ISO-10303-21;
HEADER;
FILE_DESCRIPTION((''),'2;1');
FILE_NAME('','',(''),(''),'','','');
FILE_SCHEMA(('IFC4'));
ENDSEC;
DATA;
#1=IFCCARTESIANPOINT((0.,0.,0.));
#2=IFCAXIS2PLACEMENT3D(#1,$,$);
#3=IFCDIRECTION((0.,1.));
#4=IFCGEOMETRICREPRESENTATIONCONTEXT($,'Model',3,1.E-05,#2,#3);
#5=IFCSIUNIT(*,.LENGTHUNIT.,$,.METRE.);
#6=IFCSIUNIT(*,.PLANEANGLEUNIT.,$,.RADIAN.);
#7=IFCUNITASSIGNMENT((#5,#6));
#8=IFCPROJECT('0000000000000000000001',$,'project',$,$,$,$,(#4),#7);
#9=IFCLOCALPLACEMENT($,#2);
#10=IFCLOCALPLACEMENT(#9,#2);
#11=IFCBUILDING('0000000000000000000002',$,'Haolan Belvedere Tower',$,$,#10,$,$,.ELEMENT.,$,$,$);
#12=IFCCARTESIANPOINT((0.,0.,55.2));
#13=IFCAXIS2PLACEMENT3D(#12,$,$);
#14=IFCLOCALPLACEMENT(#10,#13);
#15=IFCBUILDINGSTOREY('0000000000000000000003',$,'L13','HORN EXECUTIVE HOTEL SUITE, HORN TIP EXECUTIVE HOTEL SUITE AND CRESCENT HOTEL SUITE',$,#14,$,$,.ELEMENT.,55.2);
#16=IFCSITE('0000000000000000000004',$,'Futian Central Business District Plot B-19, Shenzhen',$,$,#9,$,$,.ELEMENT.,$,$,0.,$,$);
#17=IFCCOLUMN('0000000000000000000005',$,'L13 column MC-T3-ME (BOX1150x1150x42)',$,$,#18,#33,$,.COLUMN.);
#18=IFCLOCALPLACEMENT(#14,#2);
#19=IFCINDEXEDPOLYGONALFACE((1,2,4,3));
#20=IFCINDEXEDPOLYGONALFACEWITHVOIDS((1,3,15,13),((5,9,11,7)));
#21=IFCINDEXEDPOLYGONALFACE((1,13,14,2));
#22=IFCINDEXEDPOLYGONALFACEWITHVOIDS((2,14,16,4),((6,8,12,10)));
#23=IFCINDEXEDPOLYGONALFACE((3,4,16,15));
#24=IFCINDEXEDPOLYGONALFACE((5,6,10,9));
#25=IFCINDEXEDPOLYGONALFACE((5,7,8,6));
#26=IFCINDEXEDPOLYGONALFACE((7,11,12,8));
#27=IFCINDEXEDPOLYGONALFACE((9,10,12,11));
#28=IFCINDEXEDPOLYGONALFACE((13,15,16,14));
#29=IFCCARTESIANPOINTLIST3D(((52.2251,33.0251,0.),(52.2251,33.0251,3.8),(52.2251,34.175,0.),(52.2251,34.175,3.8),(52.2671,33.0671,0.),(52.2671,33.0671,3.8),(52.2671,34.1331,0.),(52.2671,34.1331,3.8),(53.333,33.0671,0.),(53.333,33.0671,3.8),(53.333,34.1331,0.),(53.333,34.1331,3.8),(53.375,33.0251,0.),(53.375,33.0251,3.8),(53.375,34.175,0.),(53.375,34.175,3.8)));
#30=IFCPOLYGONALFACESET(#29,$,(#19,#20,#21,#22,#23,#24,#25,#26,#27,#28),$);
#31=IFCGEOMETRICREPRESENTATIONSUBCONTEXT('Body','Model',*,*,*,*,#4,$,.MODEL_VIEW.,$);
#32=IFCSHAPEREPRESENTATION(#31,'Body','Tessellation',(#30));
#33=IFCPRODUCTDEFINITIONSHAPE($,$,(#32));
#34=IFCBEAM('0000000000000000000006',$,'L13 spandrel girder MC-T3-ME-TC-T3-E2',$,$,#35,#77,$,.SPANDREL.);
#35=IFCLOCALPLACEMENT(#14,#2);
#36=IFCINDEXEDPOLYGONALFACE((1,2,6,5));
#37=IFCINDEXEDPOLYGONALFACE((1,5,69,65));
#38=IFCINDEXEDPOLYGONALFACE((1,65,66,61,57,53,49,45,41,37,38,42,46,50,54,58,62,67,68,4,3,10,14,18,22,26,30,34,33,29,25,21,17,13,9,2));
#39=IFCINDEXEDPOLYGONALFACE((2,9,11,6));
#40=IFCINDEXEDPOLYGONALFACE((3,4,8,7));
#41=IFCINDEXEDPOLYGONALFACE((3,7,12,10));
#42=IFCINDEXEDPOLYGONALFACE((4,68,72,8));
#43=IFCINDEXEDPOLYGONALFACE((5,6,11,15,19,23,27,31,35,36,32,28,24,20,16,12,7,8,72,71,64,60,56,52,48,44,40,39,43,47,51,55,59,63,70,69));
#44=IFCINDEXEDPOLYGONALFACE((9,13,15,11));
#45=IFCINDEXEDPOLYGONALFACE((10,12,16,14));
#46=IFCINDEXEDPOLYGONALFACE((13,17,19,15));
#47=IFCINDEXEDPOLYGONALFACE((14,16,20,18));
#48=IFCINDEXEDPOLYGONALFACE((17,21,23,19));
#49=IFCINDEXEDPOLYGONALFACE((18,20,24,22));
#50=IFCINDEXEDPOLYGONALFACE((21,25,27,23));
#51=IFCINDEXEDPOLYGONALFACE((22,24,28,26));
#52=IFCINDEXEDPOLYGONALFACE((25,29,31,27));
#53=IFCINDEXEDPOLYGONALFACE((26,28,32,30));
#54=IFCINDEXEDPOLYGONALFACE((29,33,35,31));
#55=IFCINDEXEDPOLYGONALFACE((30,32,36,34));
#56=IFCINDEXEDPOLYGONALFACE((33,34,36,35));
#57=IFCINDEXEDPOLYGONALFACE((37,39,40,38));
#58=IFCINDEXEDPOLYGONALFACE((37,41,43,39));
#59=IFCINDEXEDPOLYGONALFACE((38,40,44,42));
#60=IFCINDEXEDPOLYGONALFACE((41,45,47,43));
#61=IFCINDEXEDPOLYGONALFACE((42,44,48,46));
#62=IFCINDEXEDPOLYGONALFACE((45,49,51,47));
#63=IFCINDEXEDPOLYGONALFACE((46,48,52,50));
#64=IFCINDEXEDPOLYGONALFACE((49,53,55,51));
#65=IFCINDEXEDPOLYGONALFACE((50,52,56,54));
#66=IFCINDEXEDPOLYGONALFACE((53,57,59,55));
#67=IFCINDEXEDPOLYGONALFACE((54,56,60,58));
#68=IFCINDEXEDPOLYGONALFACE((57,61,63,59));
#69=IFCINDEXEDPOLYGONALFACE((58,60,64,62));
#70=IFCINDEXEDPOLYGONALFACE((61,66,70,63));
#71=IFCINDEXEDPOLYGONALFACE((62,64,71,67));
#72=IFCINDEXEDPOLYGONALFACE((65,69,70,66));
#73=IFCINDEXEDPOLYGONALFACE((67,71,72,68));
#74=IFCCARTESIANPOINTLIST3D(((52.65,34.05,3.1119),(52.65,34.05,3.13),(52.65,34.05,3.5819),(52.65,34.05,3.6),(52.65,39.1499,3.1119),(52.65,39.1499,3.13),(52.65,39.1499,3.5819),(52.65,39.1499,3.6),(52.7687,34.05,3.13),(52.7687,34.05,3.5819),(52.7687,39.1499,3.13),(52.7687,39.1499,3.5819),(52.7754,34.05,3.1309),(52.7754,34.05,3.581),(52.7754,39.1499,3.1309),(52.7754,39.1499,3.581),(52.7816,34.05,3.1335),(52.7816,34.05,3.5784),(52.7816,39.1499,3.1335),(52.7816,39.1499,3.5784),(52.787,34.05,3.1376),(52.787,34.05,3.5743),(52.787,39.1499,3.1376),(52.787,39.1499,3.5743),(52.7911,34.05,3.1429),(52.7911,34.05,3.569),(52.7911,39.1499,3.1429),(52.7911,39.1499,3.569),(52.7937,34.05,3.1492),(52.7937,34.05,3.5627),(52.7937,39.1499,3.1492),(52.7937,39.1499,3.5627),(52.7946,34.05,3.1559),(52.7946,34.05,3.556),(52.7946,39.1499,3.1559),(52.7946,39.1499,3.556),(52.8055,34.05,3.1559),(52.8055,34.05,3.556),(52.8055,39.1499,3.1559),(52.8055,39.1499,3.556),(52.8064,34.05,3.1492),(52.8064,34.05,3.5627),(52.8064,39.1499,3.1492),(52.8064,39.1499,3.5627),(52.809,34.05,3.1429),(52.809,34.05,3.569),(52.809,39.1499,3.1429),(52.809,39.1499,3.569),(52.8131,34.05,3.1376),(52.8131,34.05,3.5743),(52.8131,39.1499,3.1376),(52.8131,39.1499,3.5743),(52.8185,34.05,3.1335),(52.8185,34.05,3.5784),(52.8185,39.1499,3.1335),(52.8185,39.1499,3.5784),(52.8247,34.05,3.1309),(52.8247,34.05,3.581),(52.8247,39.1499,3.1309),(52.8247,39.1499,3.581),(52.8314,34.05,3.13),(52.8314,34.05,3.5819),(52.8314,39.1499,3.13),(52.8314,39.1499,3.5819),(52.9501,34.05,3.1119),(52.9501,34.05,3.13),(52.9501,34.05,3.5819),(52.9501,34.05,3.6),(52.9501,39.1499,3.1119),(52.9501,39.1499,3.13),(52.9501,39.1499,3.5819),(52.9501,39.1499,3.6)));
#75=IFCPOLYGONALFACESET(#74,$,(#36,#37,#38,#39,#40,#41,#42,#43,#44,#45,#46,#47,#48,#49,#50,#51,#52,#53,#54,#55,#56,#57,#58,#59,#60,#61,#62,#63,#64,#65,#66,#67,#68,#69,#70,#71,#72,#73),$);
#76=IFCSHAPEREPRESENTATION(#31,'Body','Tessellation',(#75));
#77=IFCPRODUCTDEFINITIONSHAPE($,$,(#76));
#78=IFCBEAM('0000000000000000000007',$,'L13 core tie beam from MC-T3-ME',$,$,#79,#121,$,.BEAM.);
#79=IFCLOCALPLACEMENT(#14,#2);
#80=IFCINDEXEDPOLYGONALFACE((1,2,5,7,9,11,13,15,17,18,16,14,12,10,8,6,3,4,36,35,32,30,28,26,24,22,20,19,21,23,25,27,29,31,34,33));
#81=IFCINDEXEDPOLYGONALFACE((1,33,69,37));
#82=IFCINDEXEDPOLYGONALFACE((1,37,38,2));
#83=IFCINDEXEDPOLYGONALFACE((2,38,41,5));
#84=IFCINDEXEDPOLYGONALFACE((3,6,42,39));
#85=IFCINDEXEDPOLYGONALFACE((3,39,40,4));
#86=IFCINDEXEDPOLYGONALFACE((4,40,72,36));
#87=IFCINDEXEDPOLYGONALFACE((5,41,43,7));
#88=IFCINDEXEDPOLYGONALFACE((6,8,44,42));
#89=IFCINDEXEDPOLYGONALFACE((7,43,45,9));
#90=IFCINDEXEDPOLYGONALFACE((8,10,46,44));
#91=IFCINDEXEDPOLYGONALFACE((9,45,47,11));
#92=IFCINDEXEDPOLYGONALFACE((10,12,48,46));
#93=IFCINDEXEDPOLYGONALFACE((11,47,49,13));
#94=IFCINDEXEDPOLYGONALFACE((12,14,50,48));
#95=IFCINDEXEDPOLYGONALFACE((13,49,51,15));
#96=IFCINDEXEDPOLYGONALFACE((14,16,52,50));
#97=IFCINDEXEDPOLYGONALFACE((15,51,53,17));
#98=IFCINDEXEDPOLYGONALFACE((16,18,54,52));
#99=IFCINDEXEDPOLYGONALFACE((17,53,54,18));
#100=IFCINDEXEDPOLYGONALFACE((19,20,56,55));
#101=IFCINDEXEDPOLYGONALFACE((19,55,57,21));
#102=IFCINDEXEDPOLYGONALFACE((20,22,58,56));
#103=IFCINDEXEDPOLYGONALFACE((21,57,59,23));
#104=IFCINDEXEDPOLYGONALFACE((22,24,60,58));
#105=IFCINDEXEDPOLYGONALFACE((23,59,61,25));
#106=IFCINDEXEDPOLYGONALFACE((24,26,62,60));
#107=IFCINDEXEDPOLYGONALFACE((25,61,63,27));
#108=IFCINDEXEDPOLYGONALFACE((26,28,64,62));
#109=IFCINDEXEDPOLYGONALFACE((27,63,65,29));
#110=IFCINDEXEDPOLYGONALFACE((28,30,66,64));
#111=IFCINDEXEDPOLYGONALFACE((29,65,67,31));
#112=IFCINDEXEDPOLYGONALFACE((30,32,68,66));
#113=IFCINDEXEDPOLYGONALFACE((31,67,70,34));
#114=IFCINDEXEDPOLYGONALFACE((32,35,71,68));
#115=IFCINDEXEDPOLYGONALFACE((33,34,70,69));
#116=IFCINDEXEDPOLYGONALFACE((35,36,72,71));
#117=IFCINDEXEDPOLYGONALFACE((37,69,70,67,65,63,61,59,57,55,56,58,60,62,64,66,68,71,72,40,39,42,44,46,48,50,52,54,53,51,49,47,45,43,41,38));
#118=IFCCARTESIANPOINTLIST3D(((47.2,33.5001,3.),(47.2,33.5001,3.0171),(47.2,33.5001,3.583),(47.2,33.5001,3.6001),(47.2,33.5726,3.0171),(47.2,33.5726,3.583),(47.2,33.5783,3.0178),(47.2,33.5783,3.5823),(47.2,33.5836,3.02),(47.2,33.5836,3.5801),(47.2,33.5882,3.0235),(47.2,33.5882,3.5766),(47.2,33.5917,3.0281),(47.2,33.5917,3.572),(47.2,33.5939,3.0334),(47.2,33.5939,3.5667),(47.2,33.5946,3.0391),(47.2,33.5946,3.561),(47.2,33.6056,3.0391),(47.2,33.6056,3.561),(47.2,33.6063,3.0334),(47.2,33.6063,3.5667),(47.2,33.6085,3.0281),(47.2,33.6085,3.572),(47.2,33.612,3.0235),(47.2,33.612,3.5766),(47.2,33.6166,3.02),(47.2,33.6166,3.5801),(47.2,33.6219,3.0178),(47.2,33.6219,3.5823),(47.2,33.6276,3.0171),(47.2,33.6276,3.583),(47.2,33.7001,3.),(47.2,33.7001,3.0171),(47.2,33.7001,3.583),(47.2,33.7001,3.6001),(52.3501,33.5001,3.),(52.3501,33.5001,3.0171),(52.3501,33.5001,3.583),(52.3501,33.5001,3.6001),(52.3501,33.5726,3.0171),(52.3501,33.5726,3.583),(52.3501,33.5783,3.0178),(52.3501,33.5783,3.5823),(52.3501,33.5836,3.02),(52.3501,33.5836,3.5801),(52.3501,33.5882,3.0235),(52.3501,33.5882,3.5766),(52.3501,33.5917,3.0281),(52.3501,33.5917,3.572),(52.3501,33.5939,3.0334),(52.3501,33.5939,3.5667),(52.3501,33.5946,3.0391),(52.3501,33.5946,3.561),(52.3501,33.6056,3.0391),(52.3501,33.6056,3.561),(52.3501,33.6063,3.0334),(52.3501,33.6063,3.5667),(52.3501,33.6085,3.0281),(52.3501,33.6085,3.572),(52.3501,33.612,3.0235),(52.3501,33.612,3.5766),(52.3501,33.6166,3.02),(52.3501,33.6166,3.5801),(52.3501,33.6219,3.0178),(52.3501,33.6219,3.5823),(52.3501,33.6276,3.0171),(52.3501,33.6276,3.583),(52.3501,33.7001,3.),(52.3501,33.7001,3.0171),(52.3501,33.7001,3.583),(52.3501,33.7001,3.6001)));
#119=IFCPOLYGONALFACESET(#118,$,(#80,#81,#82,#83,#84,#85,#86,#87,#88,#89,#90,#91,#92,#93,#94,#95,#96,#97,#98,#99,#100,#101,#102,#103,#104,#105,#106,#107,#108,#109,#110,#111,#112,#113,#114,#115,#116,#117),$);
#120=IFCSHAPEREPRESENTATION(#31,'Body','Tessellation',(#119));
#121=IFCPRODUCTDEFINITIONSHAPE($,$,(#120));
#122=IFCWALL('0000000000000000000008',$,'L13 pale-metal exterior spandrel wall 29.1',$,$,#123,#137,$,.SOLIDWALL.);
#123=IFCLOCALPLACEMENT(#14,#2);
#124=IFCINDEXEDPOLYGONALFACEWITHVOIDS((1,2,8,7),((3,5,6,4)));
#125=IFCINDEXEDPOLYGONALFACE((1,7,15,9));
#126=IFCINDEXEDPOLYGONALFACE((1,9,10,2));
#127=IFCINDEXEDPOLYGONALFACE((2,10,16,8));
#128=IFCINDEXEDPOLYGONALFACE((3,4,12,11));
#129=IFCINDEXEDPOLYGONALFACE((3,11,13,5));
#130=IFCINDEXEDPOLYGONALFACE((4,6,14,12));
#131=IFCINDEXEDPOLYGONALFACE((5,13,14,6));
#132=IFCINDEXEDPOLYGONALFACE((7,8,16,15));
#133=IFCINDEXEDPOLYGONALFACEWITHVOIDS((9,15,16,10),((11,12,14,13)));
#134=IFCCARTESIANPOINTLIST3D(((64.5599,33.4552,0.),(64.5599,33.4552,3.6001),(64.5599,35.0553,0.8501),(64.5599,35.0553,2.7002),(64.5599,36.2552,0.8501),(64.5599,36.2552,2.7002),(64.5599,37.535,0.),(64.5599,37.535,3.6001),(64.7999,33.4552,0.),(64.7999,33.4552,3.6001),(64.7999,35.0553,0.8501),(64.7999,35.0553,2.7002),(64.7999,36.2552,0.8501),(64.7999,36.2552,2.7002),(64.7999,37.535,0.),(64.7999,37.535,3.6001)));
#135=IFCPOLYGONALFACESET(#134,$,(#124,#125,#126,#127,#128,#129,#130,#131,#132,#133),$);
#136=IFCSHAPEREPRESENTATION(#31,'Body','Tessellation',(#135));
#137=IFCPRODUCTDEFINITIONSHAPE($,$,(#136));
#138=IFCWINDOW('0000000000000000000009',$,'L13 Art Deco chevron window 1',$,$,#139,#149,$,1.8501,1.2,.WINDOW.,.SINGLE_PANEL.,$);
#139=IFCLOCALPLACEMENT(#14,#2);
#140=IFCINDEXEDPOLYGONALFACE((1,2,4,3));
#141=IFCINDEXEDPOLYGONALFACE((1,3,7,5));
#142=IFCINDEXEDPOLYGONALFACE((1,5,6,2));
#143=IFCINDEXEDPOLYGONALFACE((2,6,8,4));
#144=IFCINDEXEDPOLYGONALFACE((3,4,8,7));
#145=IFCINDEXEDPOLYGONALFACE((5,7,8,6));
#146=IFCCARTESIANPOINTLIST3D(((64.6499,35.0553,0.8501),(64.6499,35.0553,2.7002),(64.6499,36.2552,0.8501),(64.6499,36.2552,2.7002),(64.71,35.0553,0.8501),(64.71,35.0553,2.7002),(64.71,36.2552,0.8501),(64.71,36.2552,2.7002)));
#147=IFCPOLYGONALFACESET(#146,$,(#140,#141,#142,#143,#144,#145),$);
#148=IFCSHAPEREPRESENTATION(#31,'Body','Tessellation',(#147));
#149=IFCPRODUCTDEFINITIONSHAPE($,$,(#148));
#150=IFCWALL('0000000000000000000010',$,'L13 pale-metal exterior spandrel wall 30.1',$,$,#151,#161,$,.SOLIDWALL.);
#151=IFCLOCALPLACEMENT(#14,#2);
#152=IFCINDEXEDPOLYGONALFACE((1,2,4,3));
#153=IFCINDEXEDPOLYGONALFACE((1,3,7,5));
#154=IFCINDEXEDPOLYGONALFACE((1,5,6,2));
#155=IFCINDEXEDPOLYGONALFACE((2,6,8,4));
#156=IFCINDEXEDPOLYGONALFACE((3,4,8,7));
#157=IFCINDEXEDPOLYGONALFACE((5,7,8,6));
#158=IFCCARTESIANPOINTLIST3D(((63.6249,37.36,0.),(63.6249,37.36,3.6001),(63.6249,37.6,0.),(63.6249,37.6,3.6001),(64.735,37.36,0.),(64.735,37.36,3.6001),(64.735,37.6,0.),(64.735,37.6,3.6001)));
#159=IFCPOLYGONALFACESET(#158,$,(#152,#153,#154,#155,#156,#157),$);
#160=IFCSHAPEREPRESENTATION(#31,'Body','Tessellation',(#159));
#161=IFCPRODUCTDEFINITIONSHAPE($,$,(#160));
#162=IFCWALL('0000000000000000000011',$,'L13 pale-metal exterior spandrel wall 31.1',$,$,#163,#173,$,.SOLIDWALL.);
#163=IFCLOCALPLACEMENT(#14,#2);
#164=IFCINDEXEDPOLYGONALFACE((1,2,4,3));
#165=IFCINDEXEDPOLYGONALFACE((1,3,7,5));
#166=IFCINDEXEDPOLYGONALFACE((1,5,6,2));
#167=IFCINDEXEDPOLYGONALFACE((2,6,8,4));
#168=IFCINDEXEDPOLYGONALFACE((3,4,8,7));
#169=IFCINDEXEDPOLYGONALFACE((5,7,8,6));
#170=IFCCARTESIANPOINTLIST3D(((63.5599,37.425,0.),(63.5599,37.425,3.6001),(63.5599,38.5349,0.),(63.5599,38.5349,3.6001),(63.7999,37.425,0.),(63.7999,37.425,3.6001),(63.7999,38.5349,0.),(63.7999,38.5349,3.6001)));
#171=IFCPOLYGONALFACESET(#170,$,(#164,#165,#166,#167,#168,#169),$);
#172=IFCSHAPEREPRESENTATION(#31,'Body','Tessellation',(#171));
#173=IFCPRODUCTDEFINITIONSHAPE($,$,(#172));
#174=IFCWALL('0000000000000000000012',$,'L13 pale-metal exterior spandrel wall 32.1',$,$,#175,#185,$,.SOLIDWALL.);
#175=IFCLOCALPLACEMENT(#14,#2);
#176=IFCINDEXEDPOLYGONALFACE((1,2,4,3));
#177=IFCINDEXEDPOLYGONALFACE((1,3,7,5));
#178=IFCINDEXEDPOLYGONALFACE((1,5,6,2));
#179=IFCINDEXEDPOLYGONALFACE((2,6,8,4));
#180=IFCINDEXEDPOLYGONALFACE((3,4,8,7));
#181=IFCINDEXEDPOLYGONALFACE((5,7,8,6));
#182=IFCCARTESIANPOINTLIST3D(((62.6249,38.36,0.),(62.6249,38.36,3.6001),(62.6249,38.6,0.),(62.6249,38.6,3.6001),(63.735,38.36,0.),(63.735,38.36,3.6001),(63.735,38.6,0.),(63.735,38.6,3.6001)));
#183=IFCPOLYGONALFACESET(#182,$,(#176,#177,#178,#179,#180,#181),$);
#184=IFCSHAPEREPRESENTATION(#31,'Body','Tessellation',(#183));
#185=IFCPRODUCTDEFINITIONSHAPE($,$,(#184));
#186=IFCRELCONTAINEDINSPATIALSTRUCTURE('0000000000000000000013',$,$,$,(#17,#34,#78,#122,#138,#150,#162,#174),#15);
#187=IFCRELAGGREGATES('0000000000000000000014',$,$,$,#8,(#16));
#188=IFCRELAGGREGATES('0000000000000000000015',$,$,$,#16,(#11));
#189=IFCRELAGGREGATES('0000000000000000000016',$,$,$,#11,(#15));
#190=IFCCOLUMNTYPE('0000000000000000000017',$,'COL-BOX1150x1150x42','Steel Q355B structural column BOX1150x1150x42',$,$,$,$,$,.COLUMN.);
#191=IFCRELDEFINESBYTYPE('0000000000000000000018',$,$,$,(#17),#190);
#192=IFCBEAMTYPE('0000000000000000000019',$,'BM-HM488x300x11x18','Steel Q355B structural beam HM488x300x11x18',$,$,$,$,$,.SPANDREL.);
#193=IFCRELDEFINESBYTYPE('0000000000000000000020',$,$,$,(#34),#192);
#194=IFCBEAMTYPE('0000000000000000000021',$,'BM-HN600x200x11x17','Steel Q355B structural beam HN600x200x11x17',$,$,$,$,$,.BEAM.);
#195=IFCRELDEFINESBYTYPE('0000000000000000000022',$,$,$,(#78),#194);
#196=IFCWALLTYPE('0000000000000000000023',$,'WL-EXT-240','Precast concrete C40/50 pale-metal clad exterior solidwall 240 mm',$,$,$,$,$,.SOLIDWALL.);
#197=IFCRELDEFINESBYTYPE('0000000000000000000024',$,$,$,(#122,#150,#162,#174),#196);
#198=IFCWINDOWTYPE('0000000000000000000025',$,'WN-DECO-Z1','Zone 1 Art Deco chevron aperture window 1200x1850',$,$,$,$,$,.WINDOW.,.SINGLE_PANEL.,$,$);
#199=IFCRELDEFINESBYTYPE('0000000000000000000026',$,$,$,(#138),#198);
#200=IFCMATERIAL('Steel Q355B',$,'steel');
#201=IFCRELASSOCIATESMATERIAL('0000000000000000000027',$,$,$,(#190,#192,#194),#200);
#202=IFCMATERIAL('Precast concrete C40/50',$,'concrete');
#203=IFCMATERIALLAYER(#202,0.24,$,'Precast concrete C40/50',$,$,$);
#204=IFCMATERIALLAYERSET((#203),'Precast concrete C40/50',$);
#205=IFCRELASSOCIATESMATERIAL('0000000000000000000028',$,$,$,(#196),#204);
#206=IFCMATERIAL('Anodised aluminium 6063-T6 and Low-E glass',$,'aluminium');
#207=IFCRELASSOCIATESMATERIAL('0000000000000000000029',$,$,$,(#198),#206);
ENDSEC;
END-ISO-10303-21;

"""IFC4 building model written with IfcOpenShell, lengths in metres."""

from ifc_helpers import new_model, si_unit, direction, frame, frame_2d, origin, origin_2d, place, context, subcontext, project, spatial, rectangle, hollow_rectangle, i_section, extrude, material, layer, layer_set, material_profile, profile_set, type_object, element, fill, save


model = new_model("IFC4")

# Units and contexts
model_context = context("Model", 3, precision=1e-05, world=origin(), true_north=direction((0.0, 1.0)))
body_context = subcontext(model_context, "Body", "Model", "MODEL_VIEW")
ifc_project = project(units=[si_unit("LENGTHUNIT", "METRE"), si_unit("PLANEANGLEUNIT", "RADIAN")], contexts=[model_context])

# Site, building, storey
site_placement = place(None, origin())
site = spatial("IfcSite", under=ifc_project, at=site_placement, Name="Futian Central Business District Plot B-19, Shenzhen", CompositionType="ELEMENT", RefElevation=0.0)
building_placement = place(site_placement, origin())
building = spatial("IfcBuilding", under=site, at=building_placement, Name="Haolan Belvedere Tower", CompositionType="ELEMENT")
storey_placement = place(building_placement, frame((0.0, 0.0, 55.2)))
storey = spatial("IfcBuildingStorey", under=building, at=storey_placement, Name="L13", Description="HORN EXECUTIVE HOTEL SUITE, HORN TIP EXECUTIVE HOTEL SUITE AND CRESCENT HOTEL SUITE", CompositionType="ELEMENT", Elevation=55.2)

# Column
ifc_material_1 = material(Name="Steel Q355B", Category="steel")
ifc_material_profile_1 = material_profile(ifc_material_1, hollow_rectangle(XDim=1.1499, YDim=1.1499, WallThickness=0.042, at=origin_2d()), Name="Steel Q355B")
ifc_profile_set_1 = profile_set([ifc_material_profile_1], Name="Steel Q355B")
column_type = type_object("IfcColumnType", Name="COL-BOX1150x1150x42", Description="Steel Q355B structural column BOX1150x1150x42", PredefinedType="COLUMN", material=ifc_profile_set_1)
column_placement = place(storey_placement, frame((52.8, 33.6001, 0.0), z_axis=(0.0, 0.0, 1.0), x_axis=(1.0, 0.0, 0.0)))
element("IfcColumn", 1, at=column_placement, inside=storey, type_object=column_type, Name="L13 column MC-T3-ME (BOX1150x1150x42)", PredefinedType="COLUMN", context=body_context, shape_type="SweptSolid", body=[
    extrude(hollow_rectangle(XDim=1.1499, YDim=1.1499, WallThickness=0.042, at=origin_2d()), origin(), (0.0, 0.0, 1.0), 3.8),
])

# Beams
ifc_material_profile_2 = material_profile(ifc_material_1, i_section(OverallWidth=0.3, OverallDepth=0.488, WebThickness=0.011, FlangeThickness=0.0181, FilletRadius=0.0259, at=origin_2d()), Name="Steel Q355B")
ifc_profile_set_2 = profile_set([ifc_material_profile_2], Name="Steel Q355B")
beam_type_1 = type_object("IfcBeamType", Name="BM-HM488x300x11x18", Description="Steel Q355B structural beam HM488x300x11x18", PredefinedType="SPANDREL", material=ifc_profile_set_2)
beam_1_placement = place(storey_placement, frame((52.8, 34.05, 3.356), z_axis=(0.0, 1.0, 0.0), x_axis=(-1.0, 0.0, 0.0)))
element("IfcBeam", 2, at=beam_1_placement, inside=storey, type_object=beam_type_1, Name="L13 spandrel girder MC-T3-ME-TC-T3-E2", PredefinedType="SPANDREL", context=body_context, shape_type="SweptSolid", body=[
    extrude(i_section(OverallWidth=0.3, OverallDepth=0.488, WebThickness=0.011, FlangeThickness=0.0181, FilletRadius=0.0259, at=origin_2d()), origin(), (0.0, 0.0, 1.0), 5.0999),
])
ifc_material_profile_3 = material_profile(ifc_material_1, i_section(OverallWidth=0.2, OverallDepth=0.6001, WebThickness=0.011, FlangeThickness=0.0171, FilletRadius=0.022, at=origin_2d()), Name="Steel Q355B")
ifc_profile_set_3 = profile_set([ifc_material_profile_3], Name="Steel Q355B")
beam_type_2 = type_object("IfcBeamType", Name="BM-HN600x200x11x17", Description="Steel Q355B structural beam HN600x200x11x17", PredefinedType="BEAM", material=ifc_profile_set_3)
beam_2_placement = place(storey_placement, frame((52.3501, 33.6001, 3.3), z_axis=(-1.0, 0.0, 0.0), x_axis=(0.0, -1.0, 0.0)))
element("IfcBeam", 3, at=beam_2_placement, inside=storey, type_object=beam_type_2, Name="L13 core tie beam from MC-T3-ME", PredefinedType="BEAM", context=body_context, shape_type="SweptSolid", body=[
    extrude(i_section(OverallWidth=0.2, OverallDepth=0.6001, WebThickness=0.011, FlangeThickness=0.0171, FilletRadius=0.022, at=origin_2d()), origin(), (0.0, 0.0, 1.0), 5.1501),
])

# Wall, opening, window
ifc_material_2 = material(Name="Precast concrete C40/50", Category="concrete")
ifc_layer_1 = layer(ifc_material_2, 0.24, Name="Precast concrete C40/50")
ifc_layer_set_1 = layer_set([ifc_layer_1], Name="Precast concrete C40/50")
wall_type_1 = type_object("IfcWallType", Name="WL-EXT-240", Description="Precast concrete C40/50 pale-metal clad exterior solidwall 240 mm", PredefinedType="SOLIDWALL", material=ifc_layer_set_1)
wall_1_placement = place(storey_placement, frame((64.6799, 33.4551, 0.0), z_axis=(0.0, 0.0, 1.0), x_axis=(0.0, 1.0, 0.0)))
wall_1 = element("IfcWall", 4, at=wall_1_placement, inside=storey, type_object=wall_type_1, Name="L13 pale-metal exterior spandrel wall 29.1", PredefinedType="SOLIDWALL", context=body_context, shape_type="SweptSolid", body=[
    extrude(rectangle(XDim=4.0798, YDim=0.24, at=frame_2d((2.04, 0.0))), origin(), (0.0, 0.0, 1.0), 3.6001),
])
opening_1_placement = place(wall_1_placement, frame((1.6001, 0.0, 0.8501)))
opening_1 = element("IfcOpeningElement", 5, at=opening_1_placement, cuts=wall_1, PredefinedType="OPENING", context=body_context, shape_type="SweptSolid", body=[
    extrude(rectangle(XDim=1.2, YDim=1.8501, at=frame_2d((0.6001, 0.925))), frame((0.0, 0.1299, 0.0), z_axis=(0.0, -1.0, 0.0), x_axis=(1.0, 0.0, 0.0)), (0.0, 0.0, 1.0), 0.26),
])
ifc_material_3 = material(Name="Anodised aluminium 6063-T6 and Low-E glass", Category="aluminium")
window_type = type_object("IfcWindowType", Name="WN-DECO-Z1", Description="Zone 1 Art Deco chevron aperture window 1200x1850", PartitioningType="SINGLE_PANEL", PredefinedType="WINDOW", material=ifc_material_3)
window_placement = place(opening_1_placement, origin())
window = element("IfcWindow", 6, at=window_placement, inside=storey, type_object=window_type, Name="L13 Art Deco chevron window 1", OverallHeight=1.8501, OverallWidth=1.2, PartitioningType="SINGLE_PANEL", PredefinedType="WINDOW", context=body_context, shape_type="SweptSolid", body=[
    extrude(rectangle(XDim=1.2, YDim=1.8501, at=frame_2d((0.6001, 0.925))), frame((0.0, 0.03, 0.0), z_axis=(0.0, -1.0, 0.0), x_axis=(1.0, 0.0, 0.0)), (0.0, 0.0, 1.0), 0.0601),
])
fill(opening_1, window)

# Walls
wall_2_placement = place(storey_placement, frame((64.7351, 37.48, 0.0), z_axis=(0.0, 0.0, 1.0), x_axis=(-1.0, 0.0, 0.0)))
element("IfcWall", 7, at=wall_2_placement, inside=storey, type_object=wall_type_1, Name="L13 pale-metal exterior spandrel wall 30.1", PredefinedType="SOLIDWALL", context=body_context, shape_type="SweptSolid", body=[
    extrude(rectangle(XDim=1.1101, YDim=0.24, at=frame_2d((0.5552, 0.0))), origin(), (0.0, 0.0, 1.0), 3.6001),
])
wall_3_placement = place(storey_placement, frame((63.6799, 37.425, 0.0), z_axis=(0.0, 0.0, 1.0), x_axis=(0.0, 1.0, 0.0)))
element("IfcWall", 8, at=wall_3_placement, inside=storey, type_object=wall_type_1, Name="L13 pale-metal exterior spandrel wall 31.1", PredefinedType="SOLIDWALL", context=body_context, shape_type="SweptSolid", body=[
    extrude(rectangle(XDim=1.1099, YDim=0.24, at=frame_2d((0.5549, 0.0))), origin(), (0.0, 0.0, 1.0), 3.6001),
])
wall_4_placement = place(storey_placement, frame((63.7351, 38.48, 0.0), z_axis=(0.0, 0.0, 1.0), x_axis=(-1.0, 0.0, 0.0)))
element("IfcWall", 9, at=wall_4_placement, inside=storey, type_object=wall_type_1, Name="L13 pale-metal exterior spandrel wall 32.1", PredefinedType="SOLIDWALL", context=body_context, shape_type="SweptSolid", body=[
    extrude(rectangle(XDim=1.1101, YDim=0.24, at=frame_2d((0.5552, 0.0))), origin(), (0.0, 0.0, 1.0), 3.6001),
])

save(model, "model.ifc")
